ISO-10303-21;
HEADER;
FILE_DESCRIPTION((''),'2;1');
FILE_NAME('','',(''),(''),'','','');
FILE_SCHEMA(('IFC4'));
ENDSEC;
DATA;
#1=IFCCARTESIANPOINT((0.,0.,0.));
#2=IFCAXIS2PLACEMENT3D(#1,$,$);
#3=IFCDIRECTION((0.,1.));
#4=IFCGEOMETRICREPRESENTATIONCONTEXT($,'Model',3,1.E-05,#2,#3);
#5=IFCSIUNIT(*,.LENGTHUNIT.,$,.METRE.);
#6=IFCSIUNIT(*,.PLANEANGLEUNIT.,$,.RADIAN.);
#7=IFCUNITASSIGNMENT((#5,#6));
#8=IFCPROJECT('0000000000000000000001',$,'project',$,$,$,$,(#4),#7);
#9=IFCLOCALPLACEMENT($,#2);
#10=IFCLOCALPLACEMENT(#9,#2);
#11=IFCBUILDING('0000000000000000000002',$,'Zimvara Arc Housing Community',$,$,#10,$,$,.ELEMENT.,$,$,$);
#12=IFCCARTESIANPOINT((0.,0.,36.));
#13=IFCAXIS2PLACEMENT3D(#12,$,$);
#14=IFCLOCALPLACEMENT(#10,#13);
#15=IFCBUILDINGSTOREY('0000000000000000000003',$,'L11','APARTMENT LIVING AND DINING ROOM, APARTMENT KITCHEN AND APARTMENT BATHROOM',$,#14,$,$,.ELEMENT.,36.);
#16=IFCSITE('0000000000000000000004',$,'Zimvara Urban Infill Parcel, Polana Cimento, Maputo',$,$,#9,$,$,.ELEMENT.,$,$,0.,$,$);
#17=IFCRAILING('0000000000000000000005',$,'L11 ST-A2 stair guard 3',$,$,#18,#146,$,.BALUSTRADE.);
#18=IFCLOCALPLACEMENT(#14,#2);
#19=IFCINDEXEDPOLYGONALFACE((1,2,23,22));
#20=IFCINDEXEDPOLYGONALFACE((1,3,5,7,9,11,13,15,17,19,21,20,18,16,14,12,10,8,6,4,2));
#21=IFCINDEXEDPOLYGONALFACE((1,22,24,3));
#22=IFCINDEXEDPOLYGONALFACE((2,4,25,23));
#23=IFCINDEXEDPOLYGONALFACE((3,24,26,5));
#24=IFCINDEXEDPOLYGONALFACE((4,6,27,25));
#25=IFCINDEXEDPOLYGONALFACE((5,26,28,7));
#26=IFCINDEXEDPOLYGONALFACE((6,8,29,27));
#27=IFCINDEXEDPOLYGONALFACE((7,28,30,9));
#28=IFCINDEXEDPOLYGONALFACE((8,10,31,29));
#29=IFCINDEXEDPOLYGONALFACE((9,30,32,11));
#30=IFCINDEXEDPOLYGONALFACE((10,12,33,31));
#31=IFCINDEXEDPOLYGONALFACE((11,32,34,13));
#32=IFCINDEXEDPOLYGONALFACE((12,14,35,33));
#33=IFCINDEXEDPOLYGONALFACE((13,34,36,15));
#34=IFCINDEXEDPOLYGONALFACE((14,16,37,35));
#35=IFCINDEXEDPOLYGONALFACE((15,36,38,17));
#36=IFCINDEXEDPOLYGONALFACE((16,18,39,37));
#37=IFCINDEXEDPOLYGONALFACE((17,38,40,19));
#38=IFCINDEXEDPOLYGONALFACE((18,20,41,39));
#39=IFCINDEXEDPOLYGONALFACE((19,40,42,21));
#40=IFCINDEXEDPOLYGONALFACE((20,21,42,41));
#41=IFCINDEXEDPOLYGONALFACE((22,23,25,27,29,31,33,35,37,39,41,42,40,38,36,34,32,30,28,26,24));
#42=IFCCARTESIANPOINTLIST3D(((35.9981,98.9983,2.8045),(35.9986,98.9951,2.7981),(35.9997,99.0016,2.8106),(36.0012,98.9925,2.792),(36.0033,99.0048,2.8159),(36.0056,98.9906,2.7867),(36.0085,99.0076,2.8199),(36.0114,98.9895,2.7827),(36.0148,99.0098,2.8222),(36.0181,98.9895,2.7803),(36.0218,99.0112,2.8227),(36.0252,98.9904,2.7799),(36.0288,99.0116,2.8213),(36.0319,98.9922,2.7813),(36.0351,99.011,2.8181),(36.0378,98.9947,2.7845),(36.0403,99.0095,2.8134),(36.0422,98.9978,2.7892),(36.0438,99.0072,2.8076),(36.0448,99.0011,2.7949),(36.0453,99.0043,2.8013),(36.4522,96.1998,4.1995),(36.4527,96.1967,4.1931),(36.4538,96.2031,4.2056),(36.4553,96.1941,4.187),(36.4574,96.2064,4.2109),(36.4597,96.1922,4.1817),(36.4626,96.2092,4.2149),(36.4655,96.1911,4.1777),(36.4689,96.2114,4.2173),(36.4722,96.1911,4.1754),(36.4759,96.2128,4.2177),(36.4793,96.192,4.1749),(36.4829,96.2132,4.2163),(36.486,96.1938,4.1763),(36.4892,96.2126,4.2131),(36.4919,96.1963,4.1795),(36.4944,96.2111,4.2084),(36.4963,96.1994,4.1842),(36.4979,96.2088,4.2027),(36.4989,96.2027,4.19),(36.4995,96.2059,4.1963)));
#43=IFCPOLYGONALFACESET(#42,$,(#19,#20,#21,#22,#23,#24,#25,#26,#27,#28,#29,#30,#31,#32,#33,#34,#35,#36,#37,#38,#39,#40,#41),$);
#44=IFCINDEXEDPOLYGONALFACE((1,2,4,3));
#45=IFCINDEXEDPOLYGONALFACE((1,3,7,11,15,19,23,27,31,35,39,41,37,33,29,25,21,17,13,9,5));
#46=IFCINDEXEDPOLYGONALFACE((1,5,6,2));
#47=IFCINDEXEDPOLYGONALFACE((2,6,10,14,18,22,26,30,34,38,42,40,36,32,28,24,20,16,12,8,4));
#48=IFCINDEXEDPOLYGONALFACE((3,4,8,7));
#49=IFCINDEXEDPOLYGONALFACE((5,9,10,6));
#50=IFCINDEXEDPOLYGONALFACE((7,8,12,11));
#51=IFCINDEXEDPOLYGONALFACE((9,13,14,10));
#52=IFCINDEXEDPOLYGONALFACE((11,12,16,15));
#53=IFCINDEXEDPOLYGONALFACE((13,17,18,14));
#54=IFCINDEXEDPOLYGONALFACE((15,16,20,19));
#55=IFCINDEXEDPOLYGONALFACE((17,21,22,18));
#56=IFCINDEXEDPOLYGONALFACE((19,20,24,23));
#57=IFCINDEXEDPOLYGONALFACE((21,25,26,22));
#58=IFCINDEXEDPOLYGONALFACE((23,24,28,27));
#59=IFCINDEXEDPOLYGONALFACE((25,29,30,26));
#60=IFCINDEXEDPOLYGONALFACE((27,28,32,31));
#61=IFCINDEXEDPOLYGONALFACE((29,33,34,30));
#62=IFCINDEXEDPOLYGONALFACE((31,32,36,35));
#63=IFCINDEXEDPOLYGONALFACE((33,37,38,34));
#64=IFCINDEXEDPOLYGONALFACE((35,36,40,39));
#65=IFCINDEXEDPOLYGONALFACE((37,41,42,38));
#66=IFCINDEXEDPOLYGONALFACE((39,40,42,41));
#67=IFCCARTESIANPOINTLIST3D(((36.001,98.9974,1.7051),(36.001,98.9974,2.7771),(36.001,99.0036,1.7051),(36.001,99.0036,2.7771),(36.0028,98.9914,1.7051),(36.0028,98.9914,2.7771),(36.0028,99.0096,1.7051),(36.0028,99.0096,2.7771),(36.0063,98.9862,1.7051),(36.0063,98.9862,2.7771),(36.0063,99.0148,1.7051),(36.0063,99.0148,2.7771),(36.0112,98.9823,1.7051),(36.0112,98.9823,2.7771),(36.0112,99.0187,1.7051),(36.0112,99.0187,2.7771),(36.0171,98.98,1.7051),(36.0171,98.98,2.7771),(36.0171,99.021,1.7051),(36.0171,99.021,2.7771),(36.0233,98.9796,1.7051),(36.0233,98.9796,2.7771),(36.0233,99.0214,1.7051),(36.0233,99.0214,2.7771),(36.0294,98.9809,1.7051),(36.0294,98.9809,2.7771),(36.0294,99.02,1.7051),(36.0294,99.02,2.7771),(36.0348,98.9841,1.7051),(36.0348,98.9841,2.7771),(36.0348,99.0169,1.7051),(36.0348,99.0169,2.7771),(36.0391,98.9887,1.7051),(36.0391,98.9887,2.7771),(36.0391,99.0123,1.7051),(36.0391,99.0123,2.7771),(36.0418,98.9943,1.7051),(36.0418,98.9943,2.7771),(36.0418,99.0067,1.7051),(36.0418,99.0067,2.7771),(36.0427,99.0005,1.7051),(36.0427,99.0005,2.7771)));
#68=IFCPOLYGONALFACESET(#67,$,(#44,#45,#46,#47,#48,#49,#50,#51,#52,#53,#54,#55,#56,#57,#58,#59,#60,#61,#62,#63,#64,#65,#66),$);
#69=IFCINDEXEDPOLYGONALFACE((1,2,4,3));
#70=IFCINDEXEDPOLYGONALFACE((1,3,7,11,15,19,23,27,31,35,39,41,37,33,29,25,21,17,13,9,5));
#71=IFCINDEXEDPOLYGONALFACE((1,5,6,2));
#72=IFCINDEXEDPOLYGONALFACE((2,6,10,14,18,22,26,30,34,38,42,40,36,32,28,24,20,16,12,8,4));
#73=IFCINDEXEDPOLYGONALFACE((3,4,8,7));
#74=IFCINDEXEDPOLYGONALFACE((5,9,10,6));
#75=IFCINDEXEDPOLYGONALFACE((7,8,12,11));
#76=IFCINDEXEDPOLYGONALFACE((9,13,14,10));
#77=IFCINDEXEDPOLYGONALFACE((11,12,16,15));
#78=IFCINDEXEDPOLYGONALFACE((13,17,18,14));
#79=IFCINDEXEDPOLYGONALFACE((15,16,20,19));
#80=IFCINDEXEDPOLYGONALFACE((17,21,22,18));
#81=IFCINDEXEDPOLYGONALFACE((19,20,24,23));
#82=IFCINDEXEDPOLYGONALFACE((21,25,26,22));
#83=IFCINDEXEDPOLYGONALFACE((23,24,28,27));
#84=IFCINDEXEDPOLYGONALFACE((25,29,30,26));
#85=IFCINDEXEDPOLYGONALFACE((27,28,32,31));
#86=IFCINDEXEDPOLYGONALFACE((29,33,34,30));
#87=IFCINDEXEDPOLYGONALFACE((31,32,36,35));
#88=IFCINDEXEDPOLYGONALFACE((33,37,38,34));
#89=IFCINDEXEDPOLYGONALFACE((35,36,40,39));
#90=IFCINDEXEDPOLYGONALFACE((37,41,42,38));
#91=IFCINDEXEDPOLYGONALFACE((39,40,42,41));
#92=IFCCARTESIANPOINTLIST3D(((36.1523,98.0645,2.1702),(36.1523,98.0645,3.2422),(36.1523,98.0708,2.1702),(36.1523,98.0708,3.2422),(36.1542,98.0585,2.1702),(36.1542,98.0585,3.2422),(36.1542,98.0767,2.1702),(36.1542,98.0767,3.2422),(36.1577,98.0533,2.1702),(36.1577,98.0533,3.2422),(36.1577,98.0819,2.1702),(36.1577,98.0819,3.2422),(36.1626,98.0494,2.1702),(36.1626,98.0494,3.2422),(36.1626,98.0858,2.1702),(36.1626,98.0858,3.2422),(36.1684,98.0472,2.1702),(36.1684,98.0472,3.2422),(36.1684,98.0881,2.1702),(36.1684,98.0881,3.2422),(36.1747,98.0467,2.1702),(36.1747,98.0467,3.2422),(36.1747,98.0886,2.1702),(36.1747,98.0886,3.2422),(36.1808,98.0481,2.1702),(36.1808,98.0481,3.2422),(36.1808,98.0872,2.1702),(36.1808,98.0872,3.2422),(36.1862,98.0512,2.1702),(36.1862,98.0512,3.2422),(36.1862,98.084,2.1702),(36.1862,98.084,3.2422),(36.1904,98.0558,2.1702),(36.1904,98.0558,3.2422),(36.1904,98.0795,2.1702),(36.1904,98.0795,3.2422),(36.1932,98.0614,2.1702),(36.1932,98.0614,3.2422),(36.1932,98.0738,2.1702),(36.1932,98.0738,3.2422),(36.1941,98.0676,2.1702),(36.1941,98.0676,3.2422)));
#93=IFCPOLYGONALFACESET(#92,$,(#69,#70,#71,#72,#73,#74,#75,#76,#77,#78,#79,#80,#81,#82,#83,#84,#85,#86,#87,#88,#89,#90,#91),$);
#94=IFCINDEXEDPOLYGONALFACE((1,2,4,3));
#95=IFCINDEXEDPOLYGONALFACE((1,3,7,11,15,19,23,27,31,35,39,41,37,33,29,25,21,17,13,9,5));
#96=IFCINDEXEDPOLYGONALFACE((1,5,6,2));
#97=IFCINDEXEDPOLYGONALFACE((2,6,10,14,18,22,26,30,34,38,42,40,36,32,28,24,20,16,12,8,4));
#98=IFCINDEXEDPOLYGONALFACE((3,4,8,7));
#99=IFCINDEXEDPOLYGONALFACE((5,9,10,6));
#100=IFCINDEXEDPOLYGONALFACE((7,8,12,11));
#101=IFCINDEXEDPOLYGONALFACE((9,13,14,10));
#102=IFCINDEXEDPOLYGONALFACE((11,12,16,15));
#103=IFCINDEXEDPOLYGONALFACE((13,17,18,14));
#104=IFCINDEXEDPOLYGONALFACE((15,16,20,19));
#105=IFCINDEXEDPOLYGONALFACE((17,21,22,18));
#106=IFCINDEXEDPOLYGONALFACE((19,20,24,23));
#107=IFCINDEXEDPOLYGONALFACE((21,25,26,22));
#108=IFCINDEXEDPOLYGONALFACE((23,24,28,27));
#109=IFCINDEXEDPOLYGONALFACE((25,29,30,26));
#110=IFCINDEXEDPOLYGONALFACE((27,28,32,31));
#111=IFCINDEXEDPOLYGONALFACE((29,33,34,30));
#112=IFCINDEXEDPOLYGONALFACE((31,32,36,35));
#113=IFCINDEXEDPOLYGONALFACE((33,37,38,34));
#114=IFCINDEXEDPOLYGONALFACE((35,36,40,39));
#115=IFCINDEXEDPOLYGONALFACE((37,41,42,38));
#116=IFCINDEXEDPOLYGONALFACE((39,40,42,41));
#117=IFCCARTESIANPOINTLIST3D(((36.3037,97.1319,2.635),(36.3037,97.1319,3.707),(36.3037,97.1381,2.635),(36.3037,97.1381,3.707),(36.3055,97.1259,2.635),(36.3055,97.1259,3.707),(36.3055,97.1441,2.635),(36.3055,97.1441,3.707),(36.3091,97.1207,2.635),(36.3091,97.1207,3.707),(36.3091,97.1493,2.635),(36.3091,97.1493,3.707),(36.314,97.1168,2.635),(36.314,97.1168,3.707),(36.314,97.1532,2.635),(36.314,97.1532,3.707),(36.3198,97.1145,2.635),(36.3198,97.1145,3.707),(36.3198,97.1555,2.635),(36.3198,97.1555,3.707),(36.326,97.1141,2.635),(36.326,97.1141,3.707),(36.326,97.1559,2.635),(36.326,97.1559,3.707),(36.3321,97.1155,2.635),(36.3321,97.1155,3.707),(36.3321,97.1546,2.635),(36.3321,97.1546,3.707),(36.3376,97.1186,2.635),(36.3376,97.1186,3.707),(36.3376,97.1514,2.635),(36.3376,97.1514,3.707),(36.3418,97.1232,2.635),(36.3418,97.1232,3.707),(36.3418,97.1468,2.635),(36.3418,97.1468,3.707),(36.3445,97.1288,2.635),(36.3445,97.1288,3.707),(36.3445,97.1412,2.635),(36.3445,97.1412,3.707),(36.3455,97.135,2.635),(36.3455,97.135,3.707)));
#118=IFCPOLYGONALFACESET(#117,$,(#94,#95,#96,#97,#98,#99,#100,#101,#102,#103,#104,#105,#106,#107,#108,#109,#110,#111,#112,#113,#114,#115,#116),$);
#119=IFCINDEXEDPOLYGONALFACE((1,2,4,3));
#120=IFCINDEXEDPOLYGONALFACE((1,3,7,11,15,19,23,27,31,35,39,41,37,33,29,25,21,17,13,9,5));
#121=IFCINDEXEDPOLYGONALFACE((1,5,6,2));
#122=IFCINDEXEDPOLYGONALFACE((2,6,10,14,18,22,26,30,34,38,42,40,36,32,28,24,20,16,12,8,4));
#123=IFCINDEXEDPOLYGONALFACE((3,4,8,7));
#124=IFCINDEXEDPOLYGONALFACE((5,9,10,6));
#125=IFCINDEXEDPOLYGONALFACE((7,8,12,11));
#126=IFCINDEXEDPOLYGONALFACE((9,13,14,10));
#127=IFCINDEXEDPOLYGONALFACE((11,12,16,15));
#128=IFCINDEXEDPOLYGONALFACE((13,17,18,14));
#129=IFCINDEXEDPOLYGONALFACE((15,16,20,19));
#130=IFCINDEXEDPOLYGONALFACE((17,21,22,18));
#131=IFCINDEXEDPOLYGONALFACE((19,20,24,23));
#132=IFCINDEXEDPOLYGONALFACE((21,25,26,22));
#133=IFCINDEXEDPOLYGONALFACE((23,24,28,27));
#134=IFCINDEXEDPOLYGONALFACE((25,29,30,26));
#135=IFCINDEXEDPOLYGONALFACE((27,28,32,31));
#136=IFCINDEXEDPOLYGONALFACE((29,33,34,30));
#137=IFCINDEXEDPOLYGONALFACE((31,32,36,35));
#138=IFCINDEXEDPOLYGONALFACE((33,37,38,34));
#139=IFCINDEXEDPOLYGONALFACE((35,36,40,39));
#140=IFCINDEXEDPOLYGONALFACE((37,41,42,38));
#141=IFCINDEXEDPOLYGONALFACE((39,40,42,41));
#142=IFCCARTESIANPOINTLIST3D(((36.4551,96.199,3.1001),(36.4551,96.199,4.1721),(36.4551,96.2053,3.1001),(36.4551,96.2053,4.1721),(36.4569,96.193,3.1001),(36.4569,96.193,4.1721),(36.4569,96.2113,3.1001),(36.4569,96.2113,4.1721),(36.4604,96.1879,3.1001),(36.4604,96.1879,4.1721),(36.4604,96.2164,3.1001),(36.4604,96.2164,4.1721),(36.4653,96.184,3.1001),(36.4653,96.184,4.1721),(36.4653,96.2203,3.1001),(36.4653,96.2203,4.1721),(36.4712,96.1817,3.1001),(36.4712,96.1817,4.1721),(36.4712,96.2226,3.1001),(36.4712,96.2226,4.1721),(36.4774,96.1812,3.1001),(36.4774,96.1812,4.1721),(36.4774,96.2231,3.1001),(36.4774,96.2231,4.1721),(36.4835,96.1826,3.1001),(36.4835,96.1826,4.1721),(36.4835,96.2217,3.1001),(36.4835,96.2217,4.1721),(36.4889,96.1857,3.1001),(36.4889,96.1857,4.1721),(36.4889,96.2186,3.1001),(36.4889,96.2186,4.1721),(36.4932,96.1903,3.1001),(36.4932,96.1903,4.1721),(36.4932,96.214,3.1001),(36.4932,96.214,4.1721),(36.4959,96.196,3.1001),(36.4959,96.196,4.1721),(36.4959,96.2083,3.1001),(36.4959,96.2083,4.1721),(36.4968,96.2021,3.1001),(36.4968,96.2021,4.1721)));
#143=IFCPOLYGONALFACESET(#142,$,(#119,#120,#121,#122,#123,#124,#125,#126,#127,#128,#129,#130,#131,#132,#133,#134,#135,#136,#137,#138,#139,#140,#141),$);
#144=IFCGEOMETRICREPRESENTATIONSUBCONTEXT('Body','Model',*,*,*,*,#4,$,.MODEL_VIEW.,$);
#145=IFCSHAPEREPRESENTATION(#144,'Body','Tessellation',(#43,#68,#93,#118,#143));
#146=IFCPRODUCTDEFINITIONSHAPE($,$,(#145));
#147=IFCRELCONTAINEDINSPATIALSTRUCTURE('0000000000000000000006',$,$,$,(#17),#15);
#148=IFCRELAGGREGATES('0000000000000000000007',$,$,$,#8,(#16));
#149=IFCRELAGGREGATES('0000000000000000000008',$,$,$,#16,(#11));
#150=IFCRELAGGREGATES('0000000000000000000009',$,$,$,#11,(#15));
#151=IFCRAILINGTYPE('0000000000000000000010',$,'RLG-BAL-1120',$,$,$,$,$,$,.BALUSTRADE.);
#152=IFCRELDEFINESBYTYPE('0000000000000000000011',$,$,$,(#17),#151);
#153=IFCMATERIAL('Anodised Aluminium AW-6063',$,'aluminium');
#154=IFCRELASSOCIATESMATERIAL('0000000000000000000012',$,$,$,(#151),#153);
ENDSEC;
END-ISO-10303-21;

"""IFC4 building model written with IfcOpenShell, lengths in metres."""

from ifc_helpers import new_model, si_unit, direction, frame, origin, origin_2d, place, context, subcontext, project, spatial, circle, extrude, material, type_object, element, save


model = new_model("IFC4")

# Units and contexts
model_context = context("Model", 3, precision=1e-05, world=origin(), true_north=direction((0.0, 1.0)))
body_context = subcontext(model_context, "Body", "Model", "MODEL_VIEW")
ifc_project = project(units=[si_unit("LENGTHUNIT", "METRE"), si_unit("PLANEANGLEUNIT", "RADIAN")], contexts=[model_context])

# Site, building, storey
site_placement = place(None, origin())
site = spatial("IfcSite", under=ifc_project, at=site_placement, Name="Zimvara Urban Infill Parcel, Polana Cimento, Maputo", CompositionType="ELEMENT", RefElevation=0.0)
building_placement = place(site_placement, origin())
building = spatial("IfcBuilding", under=site, at=building_placement, Name="Zimvara Arc Housing Community", CompositionType="ELEMENT")
storey_placement = place(building_placement, frame((0.0, 0.0, 36.0)))
storey = spatial("IfcBuildingStorey", under=building, at=storey_placement, Name="L11", Description="APARTMENT LIVING AND DINING ROOM, APARTMENT KITCHEN AND APARTMENT BATHROOM", CompositionType="ELEMENT", Elevation=36.0)

# Railing
ifc_material_1 = material(Name="Anodised Aluminium AW-6063", Category="aluminium")
railing_type_1 = type_object("IfcRailingType", Name="RLG-BAL-1120", PredefinedType="BALUSTRADE", material=ifc_material_1)
railing_1_placement = place(storey_placement, frame((36.0217, 99.0005, 1.7051)))
element("IfcRailing", 1, at=railing_1_placement, inside=storey, type_object=railing_type_1, Name="L11 ST-A2 stair guard 3", PredefinedType="BALUSTRADE", context=body_context, shape_type="SweptSolid", body=[
    extrude(circle(Radius=0.0239, at=origin_2d()), frame((0.0, 0.0, 1.0962), z_axis=(0.143722, -0.885666, 0.44152), x_axis=(0.987088, 0.16018, 0.0)), (0.0, 0.0, 1.0), 3.1597),
    extrude(circle(Radius=0.021, at=origin_2d()), origin(), (0.0, 0.0, 1.0), 1.072),
    extrude(circle(Radius=0.021, at=origin_2d()), frame((0.1514, -0.9329, 0.4651)), (0.0, 0.0, 1.0), 1.072),
    extrude(circle(Radius=0.021, at=origin_2d()), frame((0.3027, -1.8655, 0.9299)), (0.0, 0.0, 1.0), 1.072),
    extrude(circle(Radius=0.021, at=origin_2d()), frame((0.4541, -2.7983, 1.395)), (0.0, 0.0, 1.0), 1.072),
])

save(model, "model.ifc")
